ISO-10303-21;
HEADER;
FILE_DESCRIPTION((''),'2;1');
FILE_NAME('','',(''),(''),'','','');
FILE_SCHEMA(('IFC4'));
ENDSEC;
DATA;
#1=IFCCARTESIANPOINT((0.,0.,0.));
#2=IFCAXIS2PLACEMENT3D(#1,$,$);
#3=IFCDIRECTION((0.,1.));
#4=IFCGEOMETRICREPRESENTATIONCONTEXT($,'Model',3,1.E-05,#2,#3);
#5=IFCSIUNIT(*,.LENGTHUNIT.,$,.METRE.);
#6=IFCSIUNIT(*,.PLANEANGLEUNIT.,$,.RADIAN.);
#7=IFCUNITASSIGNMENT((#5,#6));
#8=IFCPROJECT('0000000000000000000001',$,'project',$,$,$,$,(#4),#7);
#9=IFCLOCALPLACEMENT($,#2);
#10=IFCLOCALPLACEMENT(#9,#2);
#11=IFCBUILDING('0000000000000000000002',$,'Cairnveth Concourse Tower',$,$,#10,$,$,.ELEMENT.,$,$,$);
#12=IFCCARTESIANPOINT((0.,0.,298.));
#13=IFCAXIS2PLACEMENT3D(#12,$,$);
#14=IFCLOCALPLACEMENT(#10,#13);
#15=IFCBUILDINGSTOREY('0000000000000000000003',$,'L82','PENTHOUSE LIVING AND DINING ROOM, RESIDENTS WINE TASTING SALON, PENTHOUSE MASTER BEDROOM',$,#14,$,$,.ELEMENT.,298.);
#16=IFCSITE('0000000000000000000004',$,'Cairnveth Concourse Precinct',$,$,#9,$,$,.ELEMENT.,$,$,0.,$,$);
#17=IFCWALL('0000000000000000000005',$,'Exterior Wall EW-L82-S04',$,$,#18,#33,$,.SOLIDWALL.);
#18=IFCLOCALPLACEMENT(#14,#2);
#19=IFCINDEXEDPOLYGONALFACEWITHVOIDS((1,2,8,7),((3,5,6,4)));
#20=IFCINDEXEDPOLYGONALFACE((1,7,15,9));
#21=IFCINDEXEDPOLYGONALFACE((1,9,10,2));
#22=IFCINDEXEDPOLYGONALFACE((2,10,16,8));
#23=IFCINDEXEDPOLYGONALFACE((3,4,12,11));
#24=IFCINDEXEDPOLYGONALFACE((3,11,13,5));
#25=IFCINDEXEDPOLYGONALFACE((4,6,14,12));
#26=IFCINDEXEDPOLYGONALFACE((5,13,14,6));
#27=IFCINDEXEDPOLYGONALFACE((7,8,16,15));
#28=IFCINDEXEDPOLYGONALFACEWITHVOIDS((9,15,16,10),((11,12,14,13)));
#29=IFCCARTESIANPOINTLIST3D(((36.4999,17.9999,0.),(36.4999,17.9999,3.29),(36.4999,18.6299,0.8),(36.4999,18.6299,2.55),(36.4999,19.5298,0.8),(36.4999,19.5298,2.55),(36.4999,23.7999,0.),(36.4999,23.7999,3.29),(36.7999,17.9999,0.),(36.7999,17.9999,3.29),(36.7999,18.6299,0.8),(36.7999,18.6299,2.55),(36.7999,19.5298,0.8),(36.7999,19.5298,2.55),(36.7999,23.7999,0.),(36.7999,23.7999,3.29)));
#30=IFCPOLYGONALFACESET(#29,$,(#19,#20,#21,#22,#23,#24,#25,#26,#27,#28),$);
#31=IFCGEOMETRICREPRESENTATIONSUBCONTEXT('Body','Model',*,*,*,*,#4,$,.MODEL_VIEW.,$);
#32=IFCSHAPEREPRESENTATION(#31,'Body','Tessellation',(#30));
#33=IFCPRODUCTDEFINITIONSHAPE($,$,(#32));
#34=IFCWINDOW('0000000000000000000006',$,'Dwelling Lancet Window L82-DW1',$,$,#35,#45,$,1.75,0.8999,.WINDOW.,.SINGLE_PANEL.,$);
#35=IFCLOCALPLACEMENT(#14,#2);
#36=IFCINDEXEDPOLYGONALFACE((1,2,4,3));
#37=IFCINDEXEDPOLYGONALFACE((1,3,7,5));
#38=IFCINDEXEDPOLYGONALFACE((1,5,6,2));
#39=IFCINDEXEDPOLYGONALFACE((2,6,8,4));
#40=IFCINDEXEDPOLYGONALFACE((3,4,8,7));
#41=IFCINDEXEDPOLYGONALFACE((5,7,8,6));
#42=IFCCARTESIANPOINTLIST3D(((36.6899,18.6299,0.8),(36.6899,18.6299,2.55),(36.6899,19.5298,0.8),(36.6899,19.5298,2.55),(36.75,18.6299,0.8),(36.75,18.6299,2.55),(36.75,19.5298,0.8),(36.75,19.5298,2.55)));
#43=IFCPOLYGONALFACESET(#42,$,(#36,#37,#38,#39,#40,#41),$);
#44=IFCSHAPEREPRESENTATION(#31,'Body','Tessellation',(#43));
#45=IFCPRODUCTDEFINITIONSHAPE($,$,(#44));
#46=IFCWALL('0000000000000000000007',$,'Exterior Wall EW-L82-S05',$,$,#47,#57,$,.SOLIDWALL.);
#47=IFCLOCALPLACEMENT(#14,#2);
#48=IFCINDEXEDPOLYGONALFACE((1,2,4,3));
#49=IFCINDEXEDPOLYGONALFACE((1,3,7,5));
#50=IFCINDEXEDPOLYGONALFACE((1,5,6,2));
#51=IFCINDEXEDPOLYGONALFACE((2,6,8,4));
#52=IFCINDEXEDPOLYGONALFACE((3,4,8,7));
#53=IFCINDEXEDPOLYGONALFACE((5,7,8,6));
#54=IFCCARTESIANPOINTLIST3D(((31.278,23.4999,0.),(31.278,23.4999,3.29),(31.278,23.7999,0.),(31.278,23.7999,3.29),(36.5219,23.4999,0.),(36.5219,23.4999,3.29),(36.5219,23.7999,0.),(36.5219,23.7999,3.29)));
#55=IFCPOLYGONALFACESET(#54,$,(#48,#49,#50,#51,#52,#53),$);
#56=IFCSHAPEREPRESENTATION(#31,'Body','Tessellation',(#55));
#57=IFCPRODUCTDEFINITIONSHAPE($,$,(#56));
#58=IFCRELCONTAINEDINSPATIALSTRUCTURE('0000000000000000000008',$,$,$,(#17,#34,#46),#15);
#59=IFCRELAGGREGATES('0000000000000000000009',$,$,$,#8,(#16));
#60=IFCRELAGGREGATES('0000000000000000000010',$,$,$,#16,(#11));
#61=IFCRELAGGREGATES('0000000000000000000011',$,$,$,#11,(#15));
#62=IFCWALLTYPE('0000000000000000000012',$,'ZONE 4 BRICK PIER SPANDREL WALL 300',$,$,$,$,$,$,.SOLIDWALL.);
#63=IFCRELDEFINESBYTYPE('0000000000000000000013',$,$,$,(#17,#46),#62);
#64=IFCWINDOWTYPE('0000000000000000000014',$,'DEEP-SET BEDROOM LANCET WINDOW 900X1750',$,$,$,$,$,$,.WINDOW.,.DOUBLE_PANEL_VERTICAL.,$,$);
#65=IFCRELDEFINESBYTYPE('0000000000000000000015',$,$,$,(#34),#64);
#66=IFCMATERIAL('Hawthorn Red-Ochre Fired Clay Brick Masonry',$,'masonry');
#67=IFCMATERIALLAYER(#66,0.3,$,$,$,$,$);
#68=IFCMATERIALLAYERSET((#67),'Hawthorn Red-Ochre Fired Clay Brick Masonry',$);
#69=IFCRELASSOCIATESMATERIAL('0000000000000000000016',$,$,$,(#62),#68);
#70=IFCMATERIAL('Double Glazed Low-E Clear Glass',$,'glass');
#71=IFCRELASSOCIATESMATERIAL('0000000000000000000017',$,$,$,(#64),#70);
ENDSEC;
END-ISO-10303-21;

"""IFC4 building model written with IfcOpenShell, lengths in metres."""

from ifc_helpers import new_model, si_unit, direction, frame, frame_2d, origin, place, context, subcontext, project, spatial, rectangle, extrude, material, layer, layer_set, type_object, element, fill, save


model = new_model("IFC4")

# Units and contexts
model_context = context("Model", 3, precision=1e-05, world=origin(), true_north=direction((0.0, 1.0)))
body_context = subcontext(model_context, "Body", "Model", "MODEL_VIEW")
ifc_project = project(units=[si_unit("LENGTHUNIT", "METRE"), si_unit("PLANEANGLEUNIT", "RADIAN")], contexts=[model_context])

# Site, building, storey
site_placement = place(None, origin())
site = spatial("IfcSite", under=ifc_project, at=site_placement, Name="Cairnveth Concourse Precinct", CompositionType="ELEMENT", RefElevation=0.0)
building_placement = place(site_placement, origin())
building = spatial("IfcBuilding", under=site, at=building_placement, Name="Cairnveth Concourse Tower", CompositionType="ELEMENT")
storey_placement = place(building_placement, frame((0.0, 0.0, 298.0)))
storey = spatial("IfcBuildingStorey", under=building, at=storey_placement, Name="L82", Description="PENTHOUSE LIVING AND DINING ROOM, RESIDENTS WINE TASTING SALON, PENTHOUSE MASTER BEDROOM", CompositionType="ELEMENT", Elevation=298.0)

# Wall, opening, window
ifc_material_1 = material(Name="Hawthorn Red-Ochre Fired Clay Brick Masonry", Category="masonry")
ifc_layer_1 = layer(ifc_material_1, 0.3)
ifc_layer_set_1 = layer_set([ifc_layer_1], Name="Hawthorn Red-Ochre Fired Clay Brick Masonry")
wall_type_1 = type_object("IfcWallType", Name="ZONE 4 BRICK PIER SPANDREL WALL 300", PredefinedType="SOLIDWALL", material=ifc_layer_set_1)
wall_1_placement = place(storey_placement, frame((36.6499, 18.0, 0.0), z_axis=(0.0, 0.0, 1.0), x_axis=(0.0, 1.0, 0.0)))
wall_1 = element("IfcWall", 1, at=wall_1_placement, inside=storey, type_object=wall_type_1, Name="Exterior Wall EW-L82-S04", PredefinedType="SOLIDWALL", context=body_context, shape_type="SweptSolid", body=[
    extrude(rectangle(XDim=5.8, YDim=0.3, at=frame_2d((2.8999, 0.0))), origin(), (0.0, 0.0, 1.0), 3.29),
])
opening_1_placement = place(wall_1_placement, frame((0.6299, 0.0, 0.8)))
opening_1 = element("IfcOpeningElement", 2, at=opening_1_placement, cuts=wall_1, PredefinedType="OPENING", context=body_context, shape_type="SweptSolid", body=[
    extrude(rectangle(XDim=0.8999, YDim=1.75, at=frame_2d((0.45, 0.875))), frame((0.0, 0.1599, 0.0), z_axis=(0.0, -1.0, 0.0), x_axis=(1.0, 0.0, 0.0)), (0.0, 0.0, 1.0), 0.3201),
])
ifc_material_2 = material(Name="Double Glazed Low-E Clear Glass", Category="glass")
window_type = type_object("IfcWindowType", Name="DEEP-SET BEDROOM LANCET WINDOW 900X1750", PartitioningType="DOUBLE_PANEL_VERTICAL", PredefinedType="WINDOW", material=ifc_material_2)
window_placement = place(opening_1_placement, origin())
window = element("IfcWindow", 3, at=window_placement, inside=storey, type_object=window_type, Name="Dwelling Lancet Window L82-DW1", OverallHeight=1.75, OverallWidth=0.8999, PartitioningType="SINGLE_PANEL", PredefinedType="WINDOW", context=body_context, shape_type="SweptSolid", body=[
    extrude(rectangle(XDim=0.8999, YDim=1.75, at=frame_2d((0.45, 0.875))), frame((0.0, -0.04, 0.0), z_axis=(0.0, -1.0, 0.0), x_axis=(1.0, 0.0, 0.0)), (0.0, 0.0, 1.0), 0.0601),
])
fill(opening_1, window)

# Wall
wall_2_placement = place(storey_placement, frame((36.522, 23.6499, 0.0), z_axis=(0.0, 0.0, 1.0), x_axis=(-1.0, 0.0, 0.0)))
element("IfcWall", 4, at=wall_2_placement, inside=storey, type_object=wall_type_1, Name="Exterior Wall EW-L82-S05", PredefinedType="SOLIDWALL", context=body_context, shape_type="SweptSolid", body=[
    extrude(rectangle(XDim=5.2439, YDim=0.3, at=frame_2d((2.6221, 0.0))), origin(), (0.0, 0.0, 1.0), 3.29),
])

save(model, "model.ifc")
